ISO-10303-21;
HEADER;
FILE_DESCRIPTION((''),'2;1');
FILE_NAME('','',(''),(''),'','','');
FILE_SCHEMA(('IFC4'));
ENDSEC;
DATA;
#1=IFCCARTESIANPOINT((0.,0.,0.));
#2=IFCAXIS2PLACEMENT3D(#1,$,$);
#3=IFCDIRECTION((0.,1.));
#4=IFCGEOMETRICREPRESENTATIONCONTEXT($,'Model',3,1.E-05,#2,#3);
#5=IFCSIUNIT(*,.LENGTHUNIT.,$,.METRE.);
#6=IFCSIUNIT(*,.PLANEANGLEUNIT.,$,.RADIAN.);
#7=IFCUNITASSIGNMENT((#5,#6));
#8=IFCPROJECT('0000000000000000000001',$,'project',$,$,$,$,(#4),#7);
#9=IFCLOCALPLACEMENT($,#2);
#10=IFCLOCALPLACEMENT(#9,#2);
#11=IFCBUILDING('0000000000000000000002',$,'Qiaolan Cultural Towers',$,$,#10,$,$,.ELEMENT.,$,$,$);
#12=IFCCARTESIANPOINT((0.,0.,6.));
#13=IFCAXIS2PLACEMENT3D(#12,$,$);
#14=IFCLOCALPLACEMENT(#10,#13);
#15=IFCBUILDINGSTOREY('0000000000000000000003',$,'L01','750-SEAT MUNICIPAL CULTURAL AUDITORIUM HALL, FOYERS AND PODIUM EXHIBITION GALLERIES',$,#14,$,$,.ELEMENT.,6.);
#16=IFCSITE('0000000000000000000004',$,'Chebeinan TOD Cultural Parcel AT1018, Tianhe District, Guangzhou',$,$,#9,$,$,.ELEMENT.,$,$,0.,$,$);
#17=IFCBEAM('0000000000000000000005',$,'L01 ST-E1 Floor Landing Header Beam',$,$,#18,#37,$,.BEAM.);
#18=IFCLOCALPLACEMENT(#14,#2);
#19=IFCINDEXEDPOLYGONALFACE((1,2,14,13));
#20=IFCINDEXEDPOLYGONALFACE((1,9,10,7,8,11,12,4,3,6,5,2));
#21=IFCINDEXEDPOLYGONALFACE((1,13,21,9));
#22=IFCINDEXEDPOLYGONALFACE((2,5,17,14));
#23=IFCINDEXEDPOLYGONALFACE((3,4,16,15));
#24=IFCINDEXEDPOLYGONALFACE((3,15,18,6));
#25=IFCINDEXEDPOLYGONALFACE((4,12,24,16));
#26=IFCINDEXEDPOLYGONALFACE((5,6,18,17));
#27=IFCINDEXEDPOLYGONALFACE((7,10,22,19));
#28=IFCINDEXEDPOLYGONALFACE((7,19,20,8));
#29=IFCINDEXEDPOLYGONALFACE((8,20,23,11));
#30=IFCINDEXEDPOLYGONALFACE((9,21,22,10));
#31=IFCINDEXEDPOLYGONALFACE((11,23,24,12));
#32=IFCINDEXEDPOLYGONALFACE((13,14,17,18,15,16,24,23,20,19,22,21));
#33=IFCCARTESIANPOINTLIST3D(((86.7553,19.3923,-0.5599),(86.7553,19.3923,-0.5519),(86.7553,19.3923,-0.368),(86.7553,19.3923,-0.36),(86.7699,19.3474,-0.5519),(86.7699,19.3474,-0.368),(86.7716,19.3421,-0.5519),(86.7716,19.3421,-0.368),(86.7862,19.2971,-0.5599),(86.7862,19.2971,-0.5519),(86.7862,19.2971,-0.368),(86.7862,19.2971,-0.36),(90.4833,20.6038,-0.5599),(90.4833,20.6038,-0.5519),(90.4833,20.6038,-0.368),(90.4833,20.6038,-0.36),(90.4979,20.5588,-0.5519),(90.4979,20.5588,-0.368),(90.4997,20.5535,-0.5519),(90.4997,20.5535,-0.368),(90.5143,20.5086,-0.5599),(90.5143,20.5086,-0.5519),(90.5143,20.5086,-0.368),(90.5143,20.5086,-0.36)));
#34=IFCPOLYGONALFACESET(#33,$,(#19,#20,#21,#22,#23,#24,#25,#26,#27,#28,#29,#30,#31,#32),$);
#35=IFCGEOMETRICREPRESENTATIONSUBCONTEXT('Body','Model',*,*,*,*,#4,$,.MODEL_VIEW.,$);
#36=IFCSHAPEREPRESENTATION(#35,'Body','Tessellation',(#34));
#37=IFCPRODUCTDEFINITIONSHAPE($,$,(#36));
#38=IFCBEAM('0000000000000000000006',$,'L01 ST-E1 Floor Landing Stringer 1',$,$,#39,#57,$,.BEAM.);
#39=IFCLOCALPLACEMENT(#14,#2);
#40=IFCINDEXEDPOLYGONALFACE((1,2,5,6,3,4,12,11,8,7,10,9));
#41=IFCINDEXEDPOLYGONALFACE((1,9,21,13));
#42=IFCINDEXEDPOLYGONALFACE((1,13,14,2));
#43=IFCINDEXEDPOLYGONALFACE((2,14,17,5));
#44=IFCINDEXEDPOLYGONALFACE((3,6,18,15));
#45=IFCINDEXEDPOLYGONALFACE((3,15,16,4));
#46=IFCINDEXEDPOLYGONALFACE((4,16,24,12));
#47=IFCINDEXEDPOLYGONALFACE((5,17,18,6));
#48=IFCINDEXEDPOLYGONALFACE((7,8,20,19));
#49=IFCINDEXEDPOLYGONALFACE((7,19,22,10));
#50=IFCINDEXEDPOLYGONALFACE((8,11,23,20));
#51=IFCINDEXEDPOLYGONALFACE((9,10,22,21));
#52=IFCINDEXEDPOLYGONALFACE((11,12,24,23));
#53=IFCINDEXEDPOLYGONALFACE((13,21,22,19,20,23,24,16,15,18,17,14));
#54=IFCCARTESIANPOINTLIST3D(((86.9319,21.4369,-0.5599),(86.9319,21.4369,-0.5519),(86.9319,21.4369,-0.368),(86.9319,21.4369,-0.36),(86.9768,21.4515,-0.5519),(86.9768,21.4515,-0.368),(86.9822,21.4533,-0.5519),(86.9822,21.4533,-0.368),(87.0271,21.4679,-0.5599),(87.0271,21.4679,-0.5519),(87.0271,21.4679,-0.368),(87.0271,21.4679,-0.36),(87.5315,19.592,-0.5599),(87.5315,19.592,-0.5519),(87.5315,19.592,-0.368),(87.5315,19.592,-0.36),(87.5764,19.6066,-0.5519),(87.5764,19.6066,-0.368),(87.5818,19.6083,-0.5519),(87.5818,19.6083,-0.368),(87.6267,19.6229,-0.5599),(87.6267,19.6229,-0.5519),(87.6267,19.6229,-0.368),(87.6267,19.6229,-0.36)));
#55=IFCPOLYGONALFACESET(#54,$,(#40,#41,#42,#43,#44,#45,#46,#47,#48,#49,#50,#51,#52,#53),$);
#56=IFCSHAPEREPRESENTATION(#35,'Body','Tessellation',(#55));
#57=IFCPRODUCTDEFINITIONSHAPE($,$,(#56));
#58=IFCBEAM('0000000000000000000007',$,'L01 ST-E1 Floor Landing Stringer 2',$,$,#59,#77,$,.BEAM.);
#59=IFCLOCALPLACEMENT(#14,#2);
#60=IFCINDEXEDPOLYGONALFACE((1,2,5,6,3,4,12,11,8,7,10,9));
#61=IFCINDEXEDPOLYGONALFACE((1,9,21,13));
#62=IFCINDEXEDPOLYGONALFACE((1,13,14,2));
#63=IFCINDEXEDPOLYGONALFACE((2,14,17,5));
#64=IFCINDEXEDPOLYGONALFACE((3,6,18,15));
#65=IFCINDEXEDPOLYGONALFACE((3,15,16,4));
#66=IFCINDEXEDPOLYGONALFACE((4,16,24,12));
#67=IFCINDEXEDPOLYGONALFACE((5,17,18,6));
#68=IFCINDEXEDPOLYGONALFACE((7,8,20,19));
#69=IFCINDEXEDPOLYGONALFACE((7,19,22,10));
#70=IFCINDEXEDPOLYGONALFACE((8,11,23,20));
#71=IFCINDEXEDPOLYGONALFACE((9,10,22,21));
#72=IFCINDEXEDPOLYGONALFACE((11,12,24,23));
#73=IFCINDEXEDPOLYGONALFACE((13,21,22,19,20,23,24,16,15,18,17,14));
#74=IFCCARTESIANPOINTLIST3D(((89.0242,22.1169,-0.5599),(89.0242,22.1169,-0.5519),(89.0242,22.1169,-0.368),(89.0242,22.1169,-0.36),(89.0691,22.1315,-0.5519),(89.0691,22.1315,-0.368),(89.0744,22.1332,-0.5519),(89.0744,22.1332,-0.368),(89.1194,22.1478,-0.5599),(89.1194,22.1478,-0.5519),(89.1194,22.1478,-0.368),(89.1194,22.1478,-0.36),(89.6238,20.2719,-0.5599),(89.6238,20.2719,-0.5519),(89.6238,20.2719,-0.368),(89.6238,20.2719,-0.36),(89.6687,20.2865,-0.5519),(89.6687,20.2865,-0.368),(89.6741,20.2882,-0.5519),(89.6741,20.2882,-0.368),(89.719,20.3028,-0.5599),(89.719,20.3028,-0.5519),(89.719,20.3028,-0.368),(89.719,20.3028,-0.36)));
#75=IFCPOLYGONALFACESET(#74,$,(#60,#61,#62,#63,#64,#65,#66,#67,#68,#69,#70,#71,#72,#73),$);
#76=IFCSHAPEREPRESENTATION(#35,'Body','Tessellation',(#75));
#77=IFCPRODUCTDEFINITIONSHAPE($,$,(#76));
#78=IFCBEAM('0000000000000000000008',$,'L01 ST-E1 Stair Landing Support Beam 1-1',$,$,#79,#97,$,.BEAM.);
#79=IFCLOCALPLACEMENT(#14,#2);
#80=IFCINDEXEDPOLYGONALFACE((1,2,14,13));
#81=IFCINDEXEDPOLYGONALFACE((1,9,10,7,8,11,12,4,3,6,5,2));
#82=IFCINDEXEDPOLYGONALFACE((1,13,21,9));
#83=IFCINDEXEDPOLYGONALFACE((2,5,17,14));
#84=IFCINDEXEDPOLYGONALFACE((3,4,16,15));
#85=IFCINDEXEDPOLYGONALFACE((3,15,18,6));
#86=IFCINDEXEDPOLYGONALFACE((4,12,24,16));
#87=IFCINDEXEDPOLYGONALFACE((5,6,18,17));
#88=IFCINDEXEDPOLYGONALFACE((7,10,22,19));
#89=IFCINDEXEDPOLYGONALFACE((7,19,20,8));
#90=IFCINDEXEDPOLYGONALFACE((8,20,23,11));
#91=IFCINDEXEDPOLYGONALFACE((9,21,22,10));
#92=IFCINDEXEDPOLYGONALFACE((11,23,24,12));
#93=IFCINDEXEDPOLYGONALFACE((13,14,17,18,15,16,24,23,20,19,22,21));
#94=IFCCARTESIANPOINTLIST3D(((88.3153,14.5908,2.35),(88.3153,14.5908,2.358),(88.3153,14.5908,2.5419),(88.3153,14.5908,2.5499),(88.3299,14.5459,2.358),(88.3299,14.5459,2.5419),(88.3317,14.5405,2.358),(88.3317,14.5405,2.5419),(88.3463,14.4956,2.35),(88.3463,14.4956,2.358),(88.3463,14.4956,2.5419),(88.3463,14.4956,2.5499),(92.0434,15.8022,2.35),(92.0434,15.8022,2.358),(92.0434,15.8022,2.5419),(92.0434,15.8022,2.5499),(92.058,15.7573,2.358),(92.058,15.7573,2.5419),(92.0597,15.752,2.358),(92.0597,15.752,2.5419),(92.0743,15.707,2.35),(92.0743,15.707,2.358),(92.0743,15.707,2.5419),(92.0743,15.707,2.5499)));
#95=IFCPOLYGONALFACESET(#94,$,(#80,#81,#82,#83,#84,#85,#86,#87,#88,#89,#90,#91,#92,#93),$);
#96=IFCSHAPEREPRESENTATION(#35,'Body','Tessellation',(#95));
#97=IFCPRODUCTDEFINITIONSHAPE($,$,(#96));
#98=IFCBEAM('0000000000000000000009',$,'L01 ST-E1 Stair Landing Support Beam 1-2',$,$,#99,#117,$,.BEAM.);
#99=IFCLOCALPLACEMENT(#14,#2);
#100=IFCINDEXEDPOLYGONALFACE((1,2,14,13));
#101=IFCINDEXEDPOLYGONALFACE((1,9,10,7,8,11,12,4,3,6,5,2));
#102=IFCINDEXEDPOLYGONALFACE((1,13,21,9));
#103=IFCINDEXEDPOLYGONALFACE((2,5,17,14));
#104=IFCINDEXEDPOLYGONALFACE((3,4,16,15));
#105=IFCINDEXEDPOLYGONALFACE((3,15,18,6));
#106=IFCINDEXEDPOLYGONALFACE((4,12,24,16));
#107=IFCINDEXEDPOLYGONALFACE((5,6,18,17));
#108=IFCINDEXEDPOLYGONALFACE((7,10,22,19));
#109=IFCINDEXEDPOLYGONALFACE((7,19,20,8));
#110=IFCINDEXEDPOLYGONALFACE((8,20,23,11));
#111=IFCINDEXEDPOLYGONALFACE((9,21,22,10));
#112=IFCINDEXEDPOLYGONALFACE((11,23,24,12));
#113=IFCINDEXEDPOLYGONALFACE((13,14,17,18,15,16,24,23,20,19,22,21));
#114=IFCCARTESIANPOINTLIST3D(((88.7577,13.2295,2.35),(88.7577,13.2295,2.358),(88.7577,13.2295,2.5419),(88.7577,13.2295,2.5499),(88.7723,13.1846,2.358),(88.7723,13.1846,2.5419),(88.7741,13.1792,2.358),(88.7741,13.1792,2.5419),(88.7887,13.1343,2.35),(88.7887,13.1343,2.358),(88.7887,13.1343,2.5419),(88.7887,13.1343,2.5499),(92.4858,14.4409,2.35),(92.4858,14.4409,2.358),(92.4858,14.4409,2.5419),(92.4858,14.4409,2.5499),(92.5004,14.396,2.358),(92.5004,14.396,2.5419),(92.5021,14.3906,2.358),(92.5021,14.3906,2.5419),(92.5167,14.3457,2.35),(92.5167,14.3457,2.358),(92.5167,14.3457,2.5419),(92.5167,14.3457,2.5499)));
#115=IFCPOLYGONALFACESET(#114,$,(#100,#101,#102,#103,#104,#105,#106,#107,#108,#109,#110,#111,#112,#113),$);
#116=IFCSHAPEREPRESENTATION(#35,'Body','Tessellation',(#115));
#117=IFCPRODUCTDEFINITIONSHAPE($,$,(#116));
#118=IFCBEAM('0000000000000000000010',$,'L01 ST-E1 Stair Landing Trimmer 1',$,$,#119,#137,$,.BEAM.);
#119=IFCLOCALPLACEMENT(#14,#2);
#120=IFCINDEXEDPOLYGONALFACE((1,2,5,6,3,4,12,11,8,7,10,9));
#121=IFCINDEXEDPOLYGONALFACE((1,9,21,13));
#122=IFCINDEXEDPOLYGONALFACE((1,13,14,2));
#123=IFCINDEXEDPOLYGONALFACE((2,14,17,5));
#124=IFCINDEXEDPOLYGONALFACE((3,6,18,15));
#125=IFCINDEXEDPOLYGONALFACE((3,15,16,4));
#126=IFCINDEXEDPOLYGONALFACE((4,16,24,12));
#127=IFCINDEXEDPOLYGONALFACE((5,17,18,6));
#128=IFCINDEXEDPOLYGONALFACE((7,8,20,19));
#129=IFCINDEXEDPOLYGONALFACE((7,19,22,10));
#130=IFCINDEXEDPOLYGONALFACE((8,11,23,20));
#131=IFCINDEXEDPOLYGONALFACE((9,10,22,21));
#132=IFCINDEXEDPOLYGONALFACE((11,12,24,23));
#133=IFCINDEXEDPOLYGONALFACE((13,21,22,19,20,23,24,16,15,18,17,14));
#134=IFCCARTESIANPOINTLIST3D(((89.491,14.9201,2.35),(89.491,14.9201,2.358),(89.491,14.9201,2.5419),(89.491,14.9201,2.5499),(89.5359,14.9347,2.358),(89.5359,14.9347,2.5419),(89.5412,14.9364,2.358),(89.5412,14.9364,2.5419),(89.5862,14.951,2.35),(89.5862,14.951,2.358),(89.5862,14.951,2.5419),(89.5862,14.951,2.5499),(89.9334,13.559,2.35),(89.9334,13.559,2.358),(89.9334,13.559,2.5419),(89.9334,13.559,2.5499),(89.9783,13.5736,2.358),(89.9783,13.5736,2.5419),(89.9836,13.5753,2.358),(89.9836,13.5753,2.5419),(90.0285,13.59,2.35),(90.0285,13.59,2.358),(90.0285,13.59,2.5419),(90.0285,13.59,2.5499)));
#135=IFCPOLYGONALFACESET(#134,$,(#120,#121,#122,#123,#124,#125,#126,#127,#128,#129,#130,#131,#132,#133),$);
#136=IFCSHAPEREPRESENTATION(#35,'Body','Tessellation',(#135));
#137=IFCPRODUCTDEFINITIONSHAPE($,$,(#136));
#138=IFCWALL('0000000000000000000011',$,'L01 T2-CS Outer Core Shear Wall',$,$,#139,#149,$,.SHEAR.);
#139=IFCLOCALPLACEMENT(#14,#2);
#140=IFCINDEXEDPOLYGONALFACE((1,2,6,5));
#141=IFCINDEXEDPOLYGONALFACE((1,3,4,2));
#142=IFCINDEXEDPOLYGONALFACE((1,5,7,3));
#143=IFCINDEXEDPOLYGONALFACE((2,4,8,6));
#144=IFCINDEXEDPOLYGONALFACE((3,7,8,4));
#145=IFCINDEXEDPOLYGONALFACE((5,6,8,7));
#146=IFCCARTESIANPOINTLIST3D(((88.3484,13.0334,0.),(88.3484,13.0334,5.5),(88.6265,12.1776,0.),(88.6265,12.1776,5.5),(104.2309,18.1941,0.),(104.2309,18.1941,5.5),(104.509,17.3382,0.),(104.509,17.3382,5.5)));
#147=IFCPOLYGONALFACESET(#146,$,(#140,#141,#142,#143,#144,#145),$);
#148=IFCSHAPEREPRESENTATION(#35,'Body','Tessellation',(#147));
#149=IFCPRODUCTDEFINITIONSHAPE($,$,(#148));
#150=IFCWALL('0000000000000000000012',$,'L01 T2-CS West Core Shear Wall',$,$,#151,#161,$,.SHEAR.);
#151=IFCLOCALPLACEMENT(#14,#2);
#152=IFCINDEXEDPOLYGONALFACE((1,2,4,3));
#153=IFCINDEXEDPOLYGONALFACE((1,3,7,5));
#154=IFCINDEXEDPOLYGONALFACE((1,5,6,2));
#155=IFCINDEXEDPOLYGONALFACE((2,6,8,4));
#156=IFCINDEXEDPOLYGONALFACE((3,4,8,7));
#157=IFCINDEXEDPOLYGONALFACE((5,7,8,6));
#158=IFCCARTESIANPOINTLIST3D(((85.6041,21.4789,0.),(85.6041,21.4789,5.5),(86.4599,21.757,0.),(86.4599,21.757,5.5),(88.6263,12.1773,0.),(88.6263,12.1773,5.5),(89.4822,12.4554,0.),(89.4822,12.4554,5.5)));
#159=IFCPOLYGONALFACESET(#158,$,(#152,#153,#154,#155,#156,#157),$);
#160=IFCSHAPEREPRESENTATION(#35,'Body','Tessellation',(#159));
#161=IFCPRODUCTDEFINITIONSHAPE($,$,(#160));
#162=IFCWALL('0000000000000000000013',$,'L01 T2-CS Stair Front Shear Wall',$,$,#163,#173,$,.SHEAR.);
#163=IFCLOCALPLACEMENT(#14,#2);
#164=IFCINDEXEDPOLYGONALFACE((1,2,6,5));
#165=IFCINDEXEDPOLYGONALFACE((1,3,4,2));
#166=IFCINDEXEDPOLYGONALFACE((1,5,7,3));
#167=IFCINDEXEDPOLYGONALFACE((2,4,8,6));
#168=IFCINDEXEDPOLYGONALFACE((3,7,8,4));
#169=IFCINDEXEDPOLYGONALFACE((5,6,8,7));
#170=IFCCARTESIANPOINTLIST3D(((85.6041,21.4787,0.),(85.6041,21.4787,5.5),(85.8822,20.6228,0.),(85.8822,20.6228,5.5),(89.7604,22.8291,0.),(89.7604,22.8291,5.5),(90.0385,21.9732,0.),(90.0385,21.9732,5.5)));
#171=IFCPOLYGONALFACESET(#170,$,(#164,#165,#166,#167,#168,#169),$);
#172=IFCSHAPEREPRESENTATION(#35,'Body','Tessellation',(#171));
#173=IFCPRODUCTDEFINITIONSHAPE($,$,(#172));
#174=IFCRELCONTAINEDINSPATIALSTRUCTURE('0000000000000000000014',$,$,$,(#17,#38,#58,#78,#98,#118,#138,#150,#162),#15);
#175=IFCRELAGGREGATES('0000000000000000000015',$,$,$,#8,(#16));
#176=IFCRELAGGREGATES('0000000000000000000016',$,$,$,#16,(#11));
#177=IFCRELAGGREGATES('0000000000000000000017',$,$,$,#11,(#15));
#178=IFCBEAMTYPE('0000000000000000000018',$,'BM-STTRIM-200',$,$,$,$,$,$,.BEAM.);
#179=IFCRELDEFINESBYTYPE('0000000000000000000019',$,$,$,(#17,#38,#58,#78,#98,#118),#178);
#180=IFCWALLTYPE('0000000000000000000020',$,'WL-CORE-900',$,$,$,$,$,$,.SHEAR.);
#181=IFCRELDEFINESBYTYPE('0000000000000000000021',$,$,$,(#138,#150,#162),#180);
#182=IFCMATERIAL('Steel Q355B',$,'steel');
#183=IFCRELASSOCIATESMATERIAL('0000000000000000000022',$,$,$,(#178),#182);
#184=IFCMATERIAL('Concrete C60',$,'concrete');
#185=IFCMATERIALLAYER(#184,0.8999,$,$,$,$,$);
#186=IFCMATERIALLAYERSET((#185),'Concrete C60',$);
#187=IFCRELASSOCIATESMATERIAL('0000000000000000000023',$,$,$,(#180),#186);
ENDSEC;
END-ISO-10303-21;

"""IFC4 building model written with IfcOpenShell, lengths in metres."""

from ifc_helpers import new_model, si_unit, direction, frame, frame_2d, origin, origin_2d, place, context, subcontext, project, spatial, rectangle, i_section, extrude, material, layer, layer_set, material_profile, profile_set, type_object, element, save


model = new_model("IFC4")

# Units and contexts
model_context = context("Model", 3, precision=1e-05, world=origin(), true_north=direction((0.0, 1.0)))
body_context = subcontext(model_context, "Body", "Model", "MODEL_VIEW")
ifc_project = project(units=[si_unit("LENGTHUNIT", "METRE"), si_unit("PLANEANGLEUNIT", "RADIAN")], contexts=[model_context])

# Site, building, storey
site_placement = place(None, origin())
site = spatial("IfcSite", under=ifc_project, at=site_placement, Name="Chebeinan TOD Cultural Parcel AT1018, Tianhe District, Guangzhou", CompositionType="ELEMENT", RefElevation=0.0)
building_placement = place(site_placement, origin())
building = spatial("IfcBuilding", under=site, at=building_placement, Name="Qiaolan Cultural Towers", CompositionType="ELEMENT")
storey_placement = place(building_placement, frame((0.0, 0.0, 6.0)))
storey = spatial("IfcBuildingStorey", under=building, at=storey_placement, Name="L01", Description="750-SEAT MUNICIPAL CULTURAL AUDITORIUM HALL, FOYERS AND PODIUM EXHIBITION GALLERIES", CompositionType="ELEMENT", Elevation=6.0)

# Beams
ifc_material_1 = material(Name="Steel Q355B", Category="steel")
ifc_material_profile_1 = material_profile(ifc_material_1, i_section(OverallWidth=0.1001, OverallDepth=0.2, WebThickness=0.0056, FlangeThickness=0.0081, at=origin_2d()), Name="HN200x100x5.5x8")
ifc_profile_set_1 = profile_set([ifc_material_profile_1], Name="Steel Q355B")
beam_type_1 = type_object("IfcBeamType", Name="BM-STTRIM-200", PredefinedType="BEAM", material=ifc_profile_set_1)
beam_1_placement = place(storey_placement, frame((86.7708, 19.3447, -0.46), z_axis=(0.951048, 0.309044, 0.0), x_axis=(-0.309044, 0.951048, 0.0)))
element("IfcBeam", 1, at=beam_1_placement, inside=storey, type_object=beam_type_1, Name="L01 ST-E1 Floor Landing Header Beam", PredefinedType="BEAM", context=body_context, shape_type="SweptSolid", body=[
    extrude(i_section(OverallWidth=0.1001, OverallDepth=0.2, WebThickness=0.0056, FlangeThickness=0.0081, at=origin_2d()), origin(), (0.0, 0.0, 1.0), 3.9199),
])
for number, where, z_axis, x_axis, name in (
    (2, (86.9795, 21.4524, -0.46), (0.309083, -0.951035, 0.0), (0.951035, 0.309083, 0.0), "L01 ST-E1 Floor Landing Stringer 1"),
    (3, (89.0718, 22.1323, -0.46), (0.309083, -0.951035, 0.0), (0.951035, 0.309083, 0.0), "L01 ST-E1 Floor Landing Stringer 2"),
):
    element("IfcBeam", number, at=place(storey_placement, frame(where, z_axis=z_axis, x_axis=x_axis)), inside=storey, type_object=beam_type_1, Name=name, PredefinedType="BEAM", context=body_context, shape_type="SweptSolid", body=[
        extrude(i_section(OverallWidth=0.1001, OverallDepth=0.2, WebThickness=0.0056, FlangeThickness=0.0081, at=origin_2d()), origin(), (0.0, 0.0, 1.0), 1.9399),
    ])
for number, where, z_axis, x_axis, name in (
    (4, (88.3308, 14.5432, 2.45), (0.951048, 0.309044, 0.0), (-0.309044, 0.951048, 0.0), "L01 ST-E1 Stair Landing Support Beam 1-1"),
    (5, (88.7732, 13.1819, 2.45), (0.951048, 0.309044, 0.0), (-0.309044, 0.951048, 0.0), "L01 ST-E1 Stair Landing Support Beam 1-2"),
):
    element("IfcBeam", number, at=place(storey_placement, frame(where, z_axis=z_axis, x_axis=x_axis)), inside=storey, type_object=beam_type_1, Name=name, PredefinedType="BEAM", context=body_context, shape_type="SweptSolid", body=[
        extrude(i_section(OverallWidth=0.1001, OverallDepth=0.2, WebThickness=0.0056, FlangeThickness=0.0081, at=origin_2d()), origin(), (0.0, 0.0, 1.0), 3.9199),
    ])
beam_2_placement = place(storey_placement, frame((89.5386, 14.9355, 2.45), z_axis=(0.309105, -0.951028, 0.0), x_axis=(0.951028, 0.309105, 0.0)))
element("IfcBeam", 6, at=beam_2_placement, inside=storey, type_object=beam_type_1, Name="L01 ST-E1 Stair Landing Trimmer 1", PredefinedType="BEAM", context=body_context, shape_type="SweptSolid", body=[
    extrude(i_section(OverallWidth=0.1001, OverallDepth=0.2, WebThickness=0.0056, FlangeThickness=0.0081, at=origin_2d()), origin(), (0.0, 0.0, 1.0), 1.4312),
])

# Walls
ifc_material_2 = material(Name="Concrete C60", Category="concrete")
ifc_layer_1 = layer(ifc_material_2, 0.8999)
ifc_layer_set_1 = layer_set([ifc_layer_1], Name="Concrete C60")
wall_type_1 = type_object("IfcWallType", Name="WL-CORE-900", PredefinedType="SHEAR", material=ifc_layer_set_1)
wall_1_placement = place(storey_placement, frame((88.4873, 12.6055, 0.0), z_axis=(0.0, 0.0, 1.0), x_axis=(0.951055, 0.309022, 0.0)))
element("IfcWall", 7, at=wall_1_placement, inside=storey, type_object=wall_type_1, Name="L01 T2-CS Outer Core Shear Wall", PredefinedType="SHEAR", context=body_context, shape_type="SweptSolid", body=[
    extrude(rectangle(XDim=16.7, YDim=0.8999, at=frame_2d((8.3501, 0.0))), origin(), (0.0, 0.0, 1.0), 5.5),
])
wall_2_placement = place(storey_placement, frame((86.032, 21.6179, 0.0), z_axis=(0.0, 0.0, 1.0), x_axis=(0.309014, -0.951057, 0.0)))
element("IfcWall", 8, at=wall_2_placement, inside=storey, type_object=wall_type_1, Name="L01 T2-CS West Core Shear Wall", PredefinedType="SHEAR", context=body_context, shape_type="SweptSolid", body=[
    extrude(rectangle(XDim=9.7803, YDim=0.8999, at=frame_2d((4.8901, 0.0))), origin(), (0.0, 0.0, 1.0), 5.5),
])
wall_3_placement = place(storey_placement, frame((85.7432, 21.0508, 0.0), z_axis=(0.0, 0.0, 1.0), x_axis=(0.951064, 0.308995, 0.0)))
element("IfcWall", 9, at=wall_3_placement, inside=storey, type_object=wall_type_1, Name="L01 T2-CS Stair Front Shear Wall", PredefinedType="SHEAR", context=body_context, shape_type="SweptSolid", body=[
    extrude(rectangle(XDim=4.3701, YDim=0.8999, at=frame_2d((2.1851, 0.0))), origin(), (0.0, 0.0, 1.0), 5.5),
])

save(model, "model.ifc")
